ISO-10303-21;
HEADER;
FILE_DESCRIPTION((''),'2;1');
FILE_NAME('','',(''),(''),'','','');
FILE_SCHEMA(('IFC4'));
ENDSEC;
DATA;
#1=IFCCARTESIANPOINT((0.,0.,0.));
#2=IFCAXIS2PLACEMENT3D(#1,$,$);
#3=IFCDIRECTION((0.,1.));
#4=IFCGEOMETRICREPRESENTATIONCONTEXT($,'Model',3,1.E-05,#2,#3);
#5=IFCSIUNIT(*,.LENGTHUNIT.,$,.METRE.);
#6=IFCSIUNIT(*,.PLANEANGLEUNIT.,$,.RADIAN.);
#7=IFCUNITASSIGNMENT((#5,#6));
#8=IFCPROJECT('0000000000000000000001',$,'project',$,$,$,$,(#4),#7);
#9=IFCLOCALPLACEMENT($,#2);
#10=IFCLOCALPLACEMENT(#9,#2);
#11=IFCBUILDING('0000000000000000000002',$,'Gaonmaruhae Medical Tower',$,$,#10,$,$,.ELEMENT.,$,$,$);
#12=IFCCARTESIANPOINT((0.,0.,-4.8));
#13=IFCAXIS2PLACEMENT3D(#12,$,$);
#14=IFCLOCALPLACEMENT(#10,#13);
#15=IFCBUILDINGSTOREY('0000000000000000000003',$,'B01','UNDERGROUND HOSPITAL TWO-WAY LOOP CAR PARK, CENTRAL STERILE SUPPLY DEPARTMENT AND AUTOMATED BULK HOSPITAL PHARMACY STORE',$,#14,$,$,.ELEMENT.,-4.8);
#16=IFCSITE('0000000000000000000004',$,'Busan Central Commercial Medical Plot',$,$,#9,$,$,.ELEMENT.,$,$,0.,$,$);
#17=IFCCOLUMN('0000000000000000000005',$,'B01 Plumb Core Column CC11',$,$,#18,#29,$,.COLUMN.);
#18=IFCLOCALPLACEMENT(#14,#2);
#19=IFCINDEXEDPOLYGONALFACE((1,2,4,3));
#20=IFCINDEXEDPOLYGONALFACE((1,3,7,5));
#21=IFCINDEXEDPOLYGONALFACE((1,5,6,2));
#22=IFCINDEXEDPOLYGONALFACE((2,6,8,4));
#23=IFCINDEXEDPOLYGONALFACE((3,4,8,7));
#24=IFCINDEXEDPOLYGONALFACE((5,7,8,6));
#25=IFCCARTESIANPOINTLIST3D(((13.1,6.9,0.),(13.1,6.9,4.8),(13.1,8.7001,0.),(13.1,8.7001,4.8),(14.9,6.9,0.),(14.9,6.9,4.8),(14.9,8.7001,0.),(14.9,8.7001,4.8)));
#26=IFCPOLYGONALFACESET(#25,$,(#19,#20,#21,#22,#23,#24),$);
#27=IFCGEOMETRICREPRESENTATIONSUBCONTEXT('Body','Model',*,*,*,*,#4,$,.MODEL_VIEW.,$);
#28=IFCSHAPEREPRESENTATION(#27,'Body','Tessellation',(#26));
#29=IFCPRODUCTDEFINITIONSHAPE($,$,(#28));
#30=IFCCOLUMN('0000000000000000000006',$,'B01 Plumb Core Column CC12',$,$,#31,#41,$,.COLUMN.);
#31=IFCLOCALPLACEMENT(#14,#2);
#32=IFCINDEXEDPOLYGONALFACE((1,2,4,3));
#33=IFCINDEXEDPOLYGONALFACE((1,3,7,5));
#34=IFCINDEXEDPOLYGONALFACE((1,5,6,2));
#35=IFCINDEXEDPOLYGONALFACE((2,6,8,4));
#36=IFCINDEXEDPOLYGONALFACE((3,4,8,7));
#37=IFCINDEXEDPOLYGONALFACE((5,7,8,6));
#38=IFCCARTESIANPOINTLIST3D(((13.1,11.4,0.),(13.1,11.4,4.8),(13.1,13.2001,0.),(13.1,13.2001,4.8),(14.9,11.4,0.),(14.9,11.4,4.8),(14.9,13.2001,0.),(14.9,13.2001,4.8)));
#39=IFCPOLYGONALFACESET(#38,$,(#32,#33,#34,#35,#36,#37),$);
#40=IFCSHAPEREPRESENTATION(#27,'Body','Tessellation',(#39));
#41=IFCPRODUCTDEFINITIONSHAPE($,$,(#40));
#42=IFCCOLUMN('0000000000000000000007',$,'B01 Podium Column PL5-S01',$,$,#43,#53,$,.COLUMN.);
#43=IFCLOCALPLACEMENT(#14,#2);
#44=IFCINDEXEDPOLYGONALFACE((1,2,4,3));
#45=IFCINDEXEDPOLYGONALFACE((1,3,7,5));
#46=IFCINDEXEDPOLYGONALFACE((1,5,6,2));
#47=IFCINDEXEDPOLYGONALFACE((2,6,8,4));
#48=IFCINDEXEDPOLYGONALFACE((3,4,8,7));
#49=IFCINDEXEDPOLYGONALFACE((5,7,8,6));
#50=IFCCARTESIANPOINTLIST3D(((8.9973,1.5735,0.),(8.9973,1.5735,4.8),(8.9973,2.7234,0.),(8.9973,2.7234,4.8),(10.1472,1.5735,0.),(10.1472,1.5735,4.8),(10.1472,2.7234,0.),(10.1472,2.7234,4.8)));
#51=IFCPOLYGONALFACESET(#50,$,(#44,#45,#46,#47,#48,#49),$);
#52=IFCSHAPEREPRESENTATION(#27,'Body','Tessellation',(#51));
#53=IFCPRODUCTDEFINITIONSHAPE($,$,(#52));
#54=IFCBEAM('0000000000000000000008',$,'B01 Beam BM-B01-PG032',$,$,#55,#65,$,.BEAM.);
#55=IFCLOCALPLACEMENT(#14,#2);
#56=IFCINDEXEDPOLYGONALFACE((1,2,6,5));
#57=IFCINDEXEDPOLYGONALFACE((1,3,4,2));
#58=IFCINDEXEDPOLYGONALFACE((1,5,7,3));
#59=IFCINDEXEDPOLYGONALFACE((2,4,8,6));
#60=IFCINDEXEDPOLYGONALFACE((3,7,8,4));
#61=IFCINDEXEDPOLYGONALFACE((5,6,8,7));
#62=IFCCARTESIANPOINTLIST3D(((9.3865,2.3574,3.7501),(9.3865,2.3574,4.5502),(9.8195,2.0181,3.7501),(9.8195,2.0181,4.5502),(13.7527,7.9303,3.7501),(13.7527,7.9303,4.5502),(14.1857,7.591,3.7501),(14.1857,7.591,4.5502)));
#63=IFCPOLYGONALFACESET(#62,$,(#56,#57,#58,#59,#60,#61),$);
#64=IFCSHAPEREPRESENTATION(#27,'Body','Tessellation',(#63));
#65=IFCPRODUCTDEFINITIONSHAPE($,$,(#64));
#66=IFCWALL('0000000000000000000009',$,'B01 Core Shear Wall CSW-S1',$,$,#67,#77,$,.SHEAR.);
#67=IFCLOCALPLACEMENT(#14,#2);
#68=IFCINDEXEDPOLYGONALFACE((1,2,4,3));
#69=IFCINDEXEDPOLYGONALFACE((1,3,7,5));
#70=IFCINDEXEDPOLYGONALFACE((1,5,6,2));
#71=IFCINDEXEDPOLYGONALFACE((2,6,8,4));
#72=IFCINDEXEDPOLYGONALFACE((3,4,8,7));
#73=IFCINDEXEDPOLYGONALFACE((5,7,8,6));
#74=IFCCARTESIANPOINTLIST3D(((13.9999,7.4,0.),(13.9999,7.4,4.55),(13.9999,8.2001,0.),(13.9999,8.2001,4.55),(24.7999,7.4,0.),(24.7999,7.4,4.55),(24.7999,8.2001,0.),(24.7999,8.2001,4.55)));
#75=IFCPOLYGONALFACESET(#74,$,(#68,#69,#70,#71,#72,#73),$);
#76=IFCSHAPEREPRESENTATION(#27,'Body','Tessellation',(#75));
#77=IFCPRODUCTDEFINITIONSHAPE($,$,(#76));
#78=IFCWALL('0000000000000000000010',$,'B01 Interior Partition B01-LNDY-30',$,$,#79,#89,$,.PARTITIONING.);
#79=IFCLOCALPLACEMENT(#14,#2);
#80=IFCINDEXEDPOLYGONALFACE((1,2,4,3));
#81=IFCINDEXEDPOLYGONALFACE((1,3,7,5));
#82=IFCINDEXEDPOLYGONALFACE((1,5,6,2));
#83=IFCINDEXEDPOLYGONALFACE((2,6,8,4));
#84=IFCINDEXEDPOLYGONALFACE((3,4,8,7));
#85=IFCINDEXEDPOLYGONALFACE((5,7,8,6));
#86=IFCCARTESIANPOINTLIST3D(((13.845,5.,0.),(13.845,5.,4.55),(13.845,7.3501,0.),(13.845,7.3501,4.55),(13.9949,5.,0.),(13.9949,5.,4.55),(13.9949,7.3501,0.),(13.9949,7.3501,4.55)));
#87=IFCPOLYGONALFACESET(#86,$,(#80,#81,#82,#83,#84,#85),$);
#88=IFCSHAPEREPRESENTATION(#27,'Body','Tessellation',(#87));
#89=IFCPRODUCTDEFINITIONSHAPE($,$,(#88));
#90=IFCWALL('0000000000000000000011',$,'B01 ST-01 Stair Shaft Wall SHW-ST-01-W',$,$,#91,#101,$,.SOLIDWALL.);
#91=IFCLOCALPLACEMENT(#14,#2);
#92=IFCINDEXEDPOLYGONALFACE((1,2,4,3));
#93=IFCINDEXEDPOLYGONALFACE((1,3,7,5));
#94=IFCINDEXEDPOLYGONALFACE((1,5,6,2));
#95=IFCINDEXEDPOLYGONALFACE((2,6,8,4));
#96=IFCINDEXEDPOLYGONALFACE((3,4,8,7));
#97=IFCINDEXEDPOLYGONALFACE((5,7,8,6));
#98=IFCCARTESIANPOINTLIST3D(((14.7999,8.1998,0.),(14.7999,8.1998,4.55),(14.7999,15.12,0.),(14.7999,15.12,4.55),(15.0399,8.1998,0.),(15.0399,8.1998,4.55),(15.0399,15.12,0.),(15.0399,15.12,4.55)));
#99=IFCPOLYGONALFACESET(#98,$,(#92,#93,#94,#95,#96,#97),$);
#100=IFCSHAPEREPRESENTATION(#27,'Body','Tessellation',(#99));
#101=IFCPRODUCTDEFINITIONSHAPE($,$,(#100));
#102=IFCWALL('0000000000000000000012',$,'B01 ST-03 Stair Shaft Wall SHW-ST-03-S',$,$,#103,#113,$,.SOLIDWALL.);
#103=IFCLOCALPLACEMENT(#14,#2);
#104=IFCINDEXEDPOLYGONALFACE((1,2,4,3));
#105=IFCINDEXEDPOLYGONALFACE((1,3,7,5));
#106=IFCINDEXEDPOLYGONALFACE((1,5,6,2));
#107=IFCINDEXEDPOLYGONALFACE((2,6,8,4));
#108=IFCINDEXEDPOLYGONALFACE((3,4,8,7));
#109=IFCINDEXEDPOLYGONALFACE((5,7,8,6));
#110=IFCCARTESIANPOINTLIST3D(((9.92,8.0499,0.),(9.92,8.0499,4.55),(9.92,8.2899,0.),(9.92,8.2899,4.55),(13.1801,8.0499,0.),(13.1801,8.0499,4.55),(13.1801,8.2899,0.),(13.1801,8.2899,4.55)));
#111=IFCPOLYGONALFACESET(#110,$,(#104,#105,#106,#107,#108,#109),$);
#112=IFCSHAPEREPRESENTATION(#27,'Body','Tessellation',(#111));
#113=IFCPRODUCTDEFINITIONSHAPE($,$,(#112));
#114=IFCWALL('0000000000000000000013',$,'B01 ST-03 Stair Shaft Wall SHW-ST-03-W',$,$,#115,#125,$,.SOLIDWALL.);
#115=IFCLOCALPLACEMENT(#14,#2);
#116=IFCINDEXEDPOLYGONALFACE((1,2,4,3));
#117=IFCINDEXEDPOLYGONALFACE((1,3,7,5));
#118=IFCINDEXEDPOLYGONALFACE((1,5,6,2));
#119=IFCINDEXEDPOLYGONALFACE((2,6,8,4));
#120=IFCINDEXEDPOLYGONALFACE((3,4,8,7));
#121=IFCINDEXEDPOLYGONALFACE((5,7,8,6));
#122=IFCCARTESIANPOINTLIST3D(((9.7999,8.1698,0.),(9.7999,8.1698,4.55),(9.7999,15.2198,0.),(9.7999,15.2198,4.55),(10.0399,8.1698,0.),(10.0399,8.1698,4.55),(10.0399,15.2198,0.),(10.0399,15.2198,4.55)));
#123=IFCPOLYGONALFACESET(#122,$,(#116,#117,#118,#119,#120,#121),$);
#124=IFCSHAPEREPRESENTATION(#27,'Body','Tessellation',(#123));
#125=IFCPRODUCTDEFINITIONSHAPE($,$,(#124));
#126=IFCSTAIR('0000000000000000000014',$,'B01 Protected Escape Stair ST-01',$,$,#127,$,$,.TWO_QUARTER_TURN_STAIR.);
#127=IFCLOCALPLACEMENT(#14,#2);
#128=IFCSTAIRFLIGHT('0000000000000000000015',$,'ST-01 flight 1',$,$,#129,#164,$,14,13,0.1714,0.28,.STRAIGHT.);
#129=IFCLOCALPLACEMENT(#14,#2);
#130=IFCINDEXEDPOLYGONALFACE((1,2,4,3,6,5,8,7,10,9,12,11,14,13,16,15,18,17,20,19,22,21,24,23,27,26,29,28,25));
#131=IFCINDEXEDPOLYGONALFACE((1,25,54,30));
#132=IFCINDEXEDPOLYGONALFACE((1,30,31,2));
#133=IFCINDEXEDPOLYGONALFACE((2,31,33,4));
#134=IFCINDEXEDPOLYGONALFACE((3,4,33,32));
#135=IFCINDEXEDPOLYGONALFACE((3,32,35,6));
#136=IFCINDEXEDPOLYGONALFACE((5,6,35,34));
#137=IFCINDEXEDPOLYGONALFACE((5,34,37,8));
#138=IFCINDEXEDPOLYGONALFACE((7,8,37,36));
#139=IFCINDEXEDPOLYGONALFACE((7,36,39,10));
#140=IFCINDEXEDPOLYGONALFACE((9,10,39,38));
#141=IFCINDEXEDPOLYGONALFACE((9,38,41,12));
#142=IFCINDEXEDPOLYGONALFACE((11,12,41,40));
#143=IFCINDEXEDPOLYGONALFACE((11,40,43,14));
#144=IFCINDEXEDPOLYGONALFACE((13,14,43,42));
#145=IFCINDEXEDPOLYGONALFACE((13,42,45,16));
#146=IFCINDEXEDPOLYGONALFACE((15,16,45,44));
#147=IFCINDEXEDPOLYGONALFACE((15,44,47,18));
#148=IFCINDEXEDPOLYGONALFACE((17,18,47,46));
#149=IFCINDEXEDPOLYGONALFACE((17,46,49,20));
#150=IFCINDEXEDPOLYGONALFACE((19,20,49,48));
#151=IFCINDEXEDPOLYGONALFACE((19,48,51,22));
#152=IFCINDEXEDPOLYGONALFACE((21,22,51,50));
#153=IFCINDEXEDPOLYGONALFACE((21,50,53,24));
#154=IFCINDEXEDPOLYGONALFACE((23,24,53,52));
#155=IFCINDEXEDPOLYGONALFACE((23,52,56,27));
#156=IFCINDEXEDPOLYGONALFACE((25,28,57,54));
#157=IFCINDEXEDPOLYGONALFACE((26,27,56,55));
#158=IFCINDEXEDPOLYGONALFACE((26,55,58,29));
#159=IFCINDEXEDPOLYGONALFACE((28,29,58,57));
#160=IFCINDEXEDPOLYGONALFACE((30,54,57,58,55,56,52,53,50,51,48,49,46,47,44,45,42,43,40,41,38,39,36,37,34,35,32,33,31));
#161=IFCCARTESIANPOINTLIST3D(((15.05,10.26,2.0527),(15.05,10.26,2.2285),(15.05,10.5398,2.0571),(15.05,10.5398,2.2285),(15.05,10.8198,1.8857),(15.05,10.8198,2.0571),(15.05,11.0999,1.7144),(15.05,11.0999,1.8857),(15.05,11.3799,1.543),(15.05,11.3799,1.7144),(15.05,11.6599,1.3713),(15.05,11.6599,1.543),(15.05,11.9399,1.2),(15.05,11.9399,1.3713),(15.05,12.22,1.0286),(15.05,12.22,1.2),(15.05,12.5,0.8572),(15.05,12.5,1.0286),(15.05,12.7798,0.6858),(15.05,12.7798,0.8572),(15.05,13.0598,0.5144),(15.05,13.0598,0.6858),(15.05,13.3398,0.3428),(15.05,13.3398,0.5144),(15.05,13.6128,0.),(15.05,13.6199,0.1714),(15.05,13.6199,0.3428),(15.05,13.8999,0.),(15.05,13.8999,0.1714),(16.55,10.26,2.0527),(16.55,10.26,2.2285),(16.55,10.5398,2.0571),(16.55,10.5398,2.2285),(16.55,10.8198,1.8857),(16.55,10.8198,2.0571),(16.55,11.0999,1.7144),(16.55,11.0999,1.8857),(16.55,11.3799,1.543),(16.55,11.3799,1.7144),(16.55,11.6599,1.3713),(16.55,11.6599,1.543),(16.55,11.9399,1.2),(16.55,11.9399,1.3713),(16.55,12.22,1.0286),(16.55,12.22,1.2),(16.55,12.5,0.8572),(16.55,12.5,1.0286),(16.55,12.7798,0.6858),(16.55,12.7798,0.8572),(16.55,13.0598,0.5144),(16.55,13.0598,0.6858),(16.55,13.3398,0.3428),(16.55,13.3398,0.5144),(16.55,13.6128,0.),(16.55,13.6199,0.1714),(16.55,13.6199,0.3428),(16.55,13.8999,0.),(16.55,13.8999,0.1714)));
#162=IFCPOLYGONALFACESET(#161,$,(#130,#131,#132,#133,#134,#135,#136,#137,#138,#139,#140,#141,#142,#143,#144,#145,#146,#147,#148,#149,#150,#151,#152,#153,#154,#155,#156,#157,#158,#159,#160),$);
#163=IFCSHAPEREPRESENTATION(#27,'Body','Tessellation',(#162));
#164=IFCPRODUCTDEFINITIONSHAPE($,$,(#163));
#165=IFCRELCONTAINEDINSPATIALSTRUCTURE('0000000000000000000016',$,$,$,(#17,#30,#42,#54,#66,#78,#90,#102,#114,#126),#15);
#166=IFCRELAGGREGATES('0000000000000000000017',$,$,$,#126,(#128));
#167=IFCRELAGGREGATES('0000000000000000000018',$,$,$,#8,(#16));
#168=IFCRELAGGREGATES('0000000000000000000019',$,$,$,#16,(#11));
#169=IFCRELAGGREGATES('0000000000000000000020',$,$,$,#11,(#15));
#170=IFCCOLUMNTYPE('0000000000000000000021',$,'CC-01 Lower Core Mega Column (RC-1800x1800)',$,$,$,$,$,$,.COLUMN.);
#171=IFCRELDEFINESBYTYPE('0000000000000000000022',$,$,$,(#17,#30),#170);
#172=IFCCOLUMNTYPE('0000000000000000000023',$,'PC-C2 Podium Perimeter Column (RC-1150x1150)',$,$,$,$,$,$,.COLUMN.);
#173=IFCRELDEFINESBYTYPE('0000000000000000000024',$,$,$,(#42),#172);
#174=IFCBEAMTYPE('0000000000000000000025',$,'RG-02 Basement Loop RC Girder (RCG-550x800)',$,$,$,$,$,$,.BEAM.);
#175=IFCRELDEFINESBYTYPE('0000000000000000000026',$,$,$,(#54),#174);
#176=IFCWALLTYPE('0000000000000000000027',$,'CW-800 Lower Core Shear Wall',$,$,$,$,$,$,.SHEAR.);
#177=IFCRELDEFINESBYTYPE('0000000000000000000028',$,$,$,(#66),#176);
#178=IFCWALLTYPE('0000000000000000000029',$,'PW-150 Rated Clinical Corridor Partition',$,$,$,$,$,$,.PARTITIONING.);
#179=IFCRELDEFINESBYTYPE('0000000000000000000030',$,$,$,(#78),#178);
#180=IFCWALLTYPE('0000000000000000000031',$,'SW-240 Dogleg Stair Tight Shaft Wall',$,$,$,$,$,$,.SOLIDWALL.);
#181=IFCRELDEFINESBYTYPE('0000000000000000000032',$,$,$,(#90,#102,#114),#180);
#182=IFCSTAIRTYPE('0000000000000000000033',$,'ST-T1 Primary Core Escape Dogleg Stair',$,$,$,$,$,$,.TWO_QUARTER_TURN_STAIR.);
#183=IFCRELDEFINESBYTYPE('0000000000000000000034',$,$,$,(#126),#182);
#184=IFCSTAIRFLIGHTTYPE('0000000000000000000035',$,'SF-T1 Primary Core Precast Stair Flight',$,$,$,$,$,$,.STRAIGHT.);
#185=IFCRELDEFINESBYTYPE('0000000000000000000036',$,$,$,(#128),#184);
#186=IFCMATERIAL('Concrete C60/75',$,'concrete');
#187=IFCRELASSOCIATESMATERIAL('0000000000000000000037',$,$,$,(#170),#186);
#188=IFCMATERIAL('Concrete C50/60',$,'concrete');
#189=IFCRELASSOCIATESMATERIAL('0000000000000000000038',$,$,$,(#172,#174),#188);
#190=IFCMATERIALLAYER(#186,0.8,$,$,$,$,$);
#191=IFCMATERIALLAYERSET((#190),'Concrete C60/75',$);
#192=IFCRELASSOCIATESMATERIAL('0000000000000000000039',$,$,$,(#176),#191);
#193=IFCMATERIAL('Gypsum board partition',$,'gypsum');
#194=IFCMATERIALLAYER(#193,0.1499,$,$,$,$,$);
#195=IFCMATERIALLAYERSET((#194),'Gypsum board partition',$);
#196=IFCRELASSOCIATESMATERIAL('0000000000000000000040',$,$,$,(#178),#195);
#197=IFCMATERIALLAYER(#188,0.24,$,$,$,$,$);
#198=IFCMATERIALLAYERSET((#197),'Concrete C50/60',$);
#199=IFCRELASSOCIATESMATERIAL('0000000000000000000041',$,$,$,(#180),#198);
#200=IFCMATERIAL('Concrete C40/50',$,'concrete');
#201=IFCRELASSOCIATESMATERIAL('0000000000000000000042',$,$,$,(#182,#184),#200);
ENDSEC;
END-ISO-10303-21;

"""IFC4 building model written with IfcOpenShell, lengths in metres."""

from ifc_helpers import new_model, si_unit, direction, frame, frame_2d, origin, origin_2d, place, context, subcontext, project, spatial, polyline, rectangle, outline, extrude, material, layer, layer_set, material_profile, profile_set, type_object, element, aggregate, save


model = new_model("IFC4")

# Units and contexts
model_context = context("Model", 3, precision=1e-05, world=origin(), true_north=direction((0.0, 1.0)))
body_context = subcontext(model_context, "Body", "Model", "MODEL_VIEW")
ifc_project = project(units=[si_unit("LENGTHUNIT", "METRE"), si_unit("PLANEANGLEUNIT", "RADIAN")], contexts=[model_context])

# Site, building, storey
site_placement = place(None, origin())
site = spatial("IfcSite", under=ifc_project, at=site_placement, Name="Busan Central Commercial Medical Plot", CompositionType="ELEMENT", RefElevation=0.0)
building_placement = place(site_placement, origin())
building = spatial("IfcBuilding", under=site, at=building_placement, Name="Gaonmaruhae Medical Tower", CompositionType="ELEMENT")
storey_placement = place(building_placement, frame((0.0, 0.0, -4.8)))
storey = spatial("IfcBuildingStorey", under=building, at=storey_placement, Name="B01", Description="UNDERGROUND HOSPITAL TWO-WAY LOOP CAR PARK, CENTRAL STERILE SUPPLY DEPARTMENT AND AUTOMATED BULK HOSPITAL PHARMACY STORE", CompositionType="ELEMENT", Elevation=-4.8)

# Columns
ifc_material_1 = material(Name="Concrete C60/75", Category="concrete")
ifc_material_profile_1 = material_profile(ifc_material_1, rectangle(XDim=1.8, YDim=1.8, at=origin_2d()), Name="RC-1800x1800")
ifc_profile_set_1 = profile_set([ifc_material_profile_1], Name="Concrete C60/75")
column_type_1 = type_object("IfcColumnType", Name="CC-01 Lower Core Mega Column (RC-1800x1800)", PredefinedType="COLUMN", material=ifc_profile_set_1)
for number, where, z_axis, x_axis, name in (
    (1, (14.0, 7.8, 0.0), (0.0, 0.0, 1.0), (1.0, 0.0, 0.0), "B01 Plumb Core Column CC11"),
    (2, (14.0, 12.3, 0.0), (0.0, 0.0, 1.0), (1.0, 0.0, 0.0), "B01 Plumb Core Column CC12"),
):
    element("IfcColumn", number, at=place(storey_placement, frame(where, z_axis=z_axis, x_axis=x_axis)), inside=storey, type_object=column_type_1, Name=name, PredefinedType="COLUMN", context=body_context, shape_type="SweptSolid", body=[
        extrude(rectangle(XDim=1.8, YDim=1.8, at=origin_2d()), origin(), (0.0, 0.0, 1.0), 4.8),
    ])
ifc_material_2 = material(Name="Concrete C50/60", Category="concrete")
ifc_material_profile_2 = material_profile(ifc_material_2, rectangle(XDim=1.1499, YDim=1.1499, at=origin_2d()), Name="RC-1150x1150")
ifc_profile_set_2 = profile_set([ifc_material_profile_2], Name="Concrete C50/60")
column_type_2 = type_object("IfcColumnType", Name="PC-C2 Podium Perimeter Column (RC-1150x1150)", PredefinedType="COLUMN", material=ifc_profile_set_2)
column_placement = place(storey_placement, frame((9.5723, 2.1484, 0.0), z_axis=(0.0, 0.0, 1.0), x_axis=(1.0, 0.0, 0.0)))
element("IfcColumn", 3, at=column_placement, inside=storey, type_object=column_type_2, Name="B01 Podium Column PL5-S01", PredefinedType="COLUMN", context=body_context, shape_type="SweptSolid", body=[
    extrude(rectangle(XDim=1.1499, YDim=1.1499, at=origin_2d()), origin(), (0.0, 0.0, 1.0), 4.8),
])

# Beam
ifc_material_profile_3 = material_profile(ifc_material_2, rectangle(XDim=0.55, YDim=0.8, at=origin_2d()), Name="RCG-550x800")
ifc_profile_set_3 = profile_set([ifc_material_profile_3], Name="Concrete C50/60")
beam_type = type_object("IfcBeamType", Name="RG-02 Basement Loop RC Girder (RCG-550x800)", PredefinedType="BEAM", material=ifc_profile_set_3)
beam_placement = place(storey_placement, frame((9.603, 2.1877, 4.1501), z_axis=(0.616723, 0.78718, 0.0), x_axis=(-0.78718, 0.616723, 0.0)))
element("IfcBeam", 4, at=beam_placement, inside=storey, type_object=beam_type, Name="B01 Beam BM-B01-PG032", PredefinedType="BEAM", context=body_context, shape_type="SweptSolid", body=[
    extrude(rectangle(XDim=0.55, YDim=0.8, at=origin_2d()), origin(), (0.0, 0.0, 1.0), 7.0796),
])

# Walls
ifc_layer_1 = layer(ifc_material_1, 0.8)
ifc_layer_set_1 = layer_set([ifc_layer_1], Name="Concrete C60/75")
wall_type_1 = type_object("IfcWallType", Name="CW-800 Lower Core Shear Wall", PredefinedType="SHEAR", material=ifc_layer_set_1)
wall_1_placement = place(storey_placement, frame((14.0, 7.8, 0.0), z_axis=(0.0, 0.0, 1.0), x_axis=(1.0, 0.0, 0.0)))
element("IfcWall", 5, at=wall_1_placement, inside=storey, type_object=wall_type_1, Name="B01 Core Shear Wall CSW-S1", PredefinedType="SHEAR", context=body_context, shape_type="SweptSolid", body=[
    extrude(rectangle(XDim=10.8, YDim=0.8, at=frame_2d((5.3999, 0.0))), origin(), (0.0, 0.0, 1.0), 4.55),
])
ifc_material_3 = material(Name="Gypsum board partition", Category="gypsum")
ifc_layer_2 = layer(ifc_material_3, 0.1499)
ifc_layer_set_2 = layer_set([ifc_layer_2], Name="Gypsum board partition")
wall_type_2 = type_object("IfcWallType", Name="PW-150 Rated Clinical Corridor Partition", PredefinedType="PARTITIONING", material=ifc_layer_set_2)
wall_2_placement = place(storey_placement, frame((13.9199, 5.0, 0.0), z_axis=(0.0, 0.0, 1.0), x_axis=(0.0, 1.0, 0.0)))
element("IfcWall", 6, at=wall_2_placement, inside=storey, type_object=wall_type_2, Name="B01 Interior Partition B01-LNDY-30", PredefinedType="PARTITIONING", context=body_context, shape_type="SweptSolid", body=[
    extrude(rectangle(XDim=2.3501, YDim=0.1499, at=frame_2d((1.175, 0.0))), origin(), (0.0, 0.0, 1.0), 4.55),
])

# Shared definitions
ifc_layer_3 = layer(ifc_material_2, 0.24)
ifc_layer_set_3 = layer_set([ifc_layer_3], Name="Concrete C50/60")
wall_type_3 = type_object("IfcWallType", Name="SW-240 Dogleg Stair Tight Shaft Wall", PredefinedType="SOLIDWALL", material=ifc_layer_set_3)

# Walls
wall_3_placement = place(storey_placement, frame((14.9199, 8.2, 0.0), z_axis=(0.0, 0.0, 1.0), x_axis=(0.0, 1.0, 0.0)))
element("IfcWall", 7, at=wall_3_placement, inside=storey, type_object=wall_type_3, Name="B01 ST-01 Stair Shaft Wall SHW-ST-01-W", PredefinedType="SOLIDWALL", context=body_context, shape_type="SweptSolid", body=[
    extrude(rectangle(XDim=6.9202, YDim=0.24, at=frame_2d((3.46, 0.0))), origin(), (0.0, 0.0, 1.0), 4.55),
])
wall_4_placement = place(storey_placement, frame((13.1799, 8.1699, 0.0), z_axis=(0.0, 0.0, 1.0), x_axis=(-1.0, 0.0, 0.0)))
element("IfcWall", 8, at=wall_4_placement, inside=storey, type_object=wall_type_3, Name="B01 ST-03 Stair Shaft Wall SHW-ST-03-S", PredefinedType="SOLIDWALL", context=body_context, shape_type="SweptSolid", body=[
    extrude(rectangle(XDim=3.26, YDim=0.24, at=frame_2d((1.6299, 0.0))), origin(), (0.0, 0.0, 1.0), 4.55),
])
wall_5_placement = place(storey_placement, frame((9.9199, 8.1699, 0.0), z_axis=(0.0, 0.0, 1.0), x_axis=(0.0, 1.0, 0.0)))
element("IfcWall", 9, at=wall_5_placement, inside=storey, type_object=wall_type_3, Name="B01 ST-03 Stair Shaft Wall SHW-ST-03-W", PredefinedType="SOLIDWALL", context=body_context, shape_type="SweptSolid", body=[
    extrude(rectangle(XDim=7.05, YDim=0.24, at=frame_2d((3.5249, 0.0))), origin(), (0.0, 0.0, 1.0), 4.55),
])

# Stair, stair flight
ifc_material_4 = material(Name="Concrete C40/50", Category="concrete")
stair_type_1 = type_object("IfcStairType", Name="ST-T1 Primary Core Escape Dogleg Stair", PredefinedType="TWO_QUARTER_TURN_STAIR", material=ifc_material_4)
stair_1_placement = place(storey_placement, origin())
stair_1 = element("IfcStair", 10, at=stair_1_placement, inside=storey, type_object=stair_type_1, Name="B01 Protected Escape Stair ST-01", PredefinedType="TWO_QUARTER_TURN_STAIR")
stair_flight_type_1 = type_object("IfcStairFlightType", Name="SF-T1 Primary Core Precast Stair Flight", PredefinedType="STRAIGHT", material=ifc_material_4)
stair_flight_1_placement = place(storey_placement, frame((15.8, 13.8999, 0.0), z_axis=(0.0, 0.0, 1.0), x_axis=(0.0, -1.0, 0.0)))
stair_flight_1 = element("IfcStairFlight", 11, at=stair_flight_1_placement, type_object=stair_flight_type_1, Name="ST-01 flight 1", NumberOfRisers=14, NumberOfTreads=13, PredefinedType="STRAIGHT", RiserHeight=0.1714, TreadLength=0.28, context=body_context, shape_type="SweptSolid", body=[
    extrude(outline(polyline([(0.0, 0.0), (0.0, 0.1714), (0.28, 0.1714), (0.28, 0.3428), (0.5601, 0.3428), (0.5601, 0.5144), (0.8401, 0.5144), (0.8401, 0.6858), (1.1201, 0.6858), (1.1201, 0.8572), (1.3999, 0.8572), (1.3999, 1.0286), (1.6799, 1.0286), (1.6799, 1.2), (1.96, 1.2), (1.96, 1.3713), (2.24, 1.3713), (2.24, 1.543), (2.52, 1.543), (2.52, 1.7144), (2.8, 1.7144), (2.8, 1.8857), (3.0801, 1.8857), (3.0801, 2.0571), (3.3601, 2.0571), (3.3601, 2.2285), (3.6399, 2.2285), (3.6399, 2.3999), (3.6399, 2.0527), (0.2871, 0.0), (0.0, 0.0)])), frame((0.0, 0.75, 0.0), z_axis=(0.0, -1.0, 0.0), x_axis=(1.0, 0.0, 0.0)), (0.0, 0.0, 1.0), 1.5),
])
aggregate(stair_1, [stair_flight_1])

save(model, "model.ifc")
